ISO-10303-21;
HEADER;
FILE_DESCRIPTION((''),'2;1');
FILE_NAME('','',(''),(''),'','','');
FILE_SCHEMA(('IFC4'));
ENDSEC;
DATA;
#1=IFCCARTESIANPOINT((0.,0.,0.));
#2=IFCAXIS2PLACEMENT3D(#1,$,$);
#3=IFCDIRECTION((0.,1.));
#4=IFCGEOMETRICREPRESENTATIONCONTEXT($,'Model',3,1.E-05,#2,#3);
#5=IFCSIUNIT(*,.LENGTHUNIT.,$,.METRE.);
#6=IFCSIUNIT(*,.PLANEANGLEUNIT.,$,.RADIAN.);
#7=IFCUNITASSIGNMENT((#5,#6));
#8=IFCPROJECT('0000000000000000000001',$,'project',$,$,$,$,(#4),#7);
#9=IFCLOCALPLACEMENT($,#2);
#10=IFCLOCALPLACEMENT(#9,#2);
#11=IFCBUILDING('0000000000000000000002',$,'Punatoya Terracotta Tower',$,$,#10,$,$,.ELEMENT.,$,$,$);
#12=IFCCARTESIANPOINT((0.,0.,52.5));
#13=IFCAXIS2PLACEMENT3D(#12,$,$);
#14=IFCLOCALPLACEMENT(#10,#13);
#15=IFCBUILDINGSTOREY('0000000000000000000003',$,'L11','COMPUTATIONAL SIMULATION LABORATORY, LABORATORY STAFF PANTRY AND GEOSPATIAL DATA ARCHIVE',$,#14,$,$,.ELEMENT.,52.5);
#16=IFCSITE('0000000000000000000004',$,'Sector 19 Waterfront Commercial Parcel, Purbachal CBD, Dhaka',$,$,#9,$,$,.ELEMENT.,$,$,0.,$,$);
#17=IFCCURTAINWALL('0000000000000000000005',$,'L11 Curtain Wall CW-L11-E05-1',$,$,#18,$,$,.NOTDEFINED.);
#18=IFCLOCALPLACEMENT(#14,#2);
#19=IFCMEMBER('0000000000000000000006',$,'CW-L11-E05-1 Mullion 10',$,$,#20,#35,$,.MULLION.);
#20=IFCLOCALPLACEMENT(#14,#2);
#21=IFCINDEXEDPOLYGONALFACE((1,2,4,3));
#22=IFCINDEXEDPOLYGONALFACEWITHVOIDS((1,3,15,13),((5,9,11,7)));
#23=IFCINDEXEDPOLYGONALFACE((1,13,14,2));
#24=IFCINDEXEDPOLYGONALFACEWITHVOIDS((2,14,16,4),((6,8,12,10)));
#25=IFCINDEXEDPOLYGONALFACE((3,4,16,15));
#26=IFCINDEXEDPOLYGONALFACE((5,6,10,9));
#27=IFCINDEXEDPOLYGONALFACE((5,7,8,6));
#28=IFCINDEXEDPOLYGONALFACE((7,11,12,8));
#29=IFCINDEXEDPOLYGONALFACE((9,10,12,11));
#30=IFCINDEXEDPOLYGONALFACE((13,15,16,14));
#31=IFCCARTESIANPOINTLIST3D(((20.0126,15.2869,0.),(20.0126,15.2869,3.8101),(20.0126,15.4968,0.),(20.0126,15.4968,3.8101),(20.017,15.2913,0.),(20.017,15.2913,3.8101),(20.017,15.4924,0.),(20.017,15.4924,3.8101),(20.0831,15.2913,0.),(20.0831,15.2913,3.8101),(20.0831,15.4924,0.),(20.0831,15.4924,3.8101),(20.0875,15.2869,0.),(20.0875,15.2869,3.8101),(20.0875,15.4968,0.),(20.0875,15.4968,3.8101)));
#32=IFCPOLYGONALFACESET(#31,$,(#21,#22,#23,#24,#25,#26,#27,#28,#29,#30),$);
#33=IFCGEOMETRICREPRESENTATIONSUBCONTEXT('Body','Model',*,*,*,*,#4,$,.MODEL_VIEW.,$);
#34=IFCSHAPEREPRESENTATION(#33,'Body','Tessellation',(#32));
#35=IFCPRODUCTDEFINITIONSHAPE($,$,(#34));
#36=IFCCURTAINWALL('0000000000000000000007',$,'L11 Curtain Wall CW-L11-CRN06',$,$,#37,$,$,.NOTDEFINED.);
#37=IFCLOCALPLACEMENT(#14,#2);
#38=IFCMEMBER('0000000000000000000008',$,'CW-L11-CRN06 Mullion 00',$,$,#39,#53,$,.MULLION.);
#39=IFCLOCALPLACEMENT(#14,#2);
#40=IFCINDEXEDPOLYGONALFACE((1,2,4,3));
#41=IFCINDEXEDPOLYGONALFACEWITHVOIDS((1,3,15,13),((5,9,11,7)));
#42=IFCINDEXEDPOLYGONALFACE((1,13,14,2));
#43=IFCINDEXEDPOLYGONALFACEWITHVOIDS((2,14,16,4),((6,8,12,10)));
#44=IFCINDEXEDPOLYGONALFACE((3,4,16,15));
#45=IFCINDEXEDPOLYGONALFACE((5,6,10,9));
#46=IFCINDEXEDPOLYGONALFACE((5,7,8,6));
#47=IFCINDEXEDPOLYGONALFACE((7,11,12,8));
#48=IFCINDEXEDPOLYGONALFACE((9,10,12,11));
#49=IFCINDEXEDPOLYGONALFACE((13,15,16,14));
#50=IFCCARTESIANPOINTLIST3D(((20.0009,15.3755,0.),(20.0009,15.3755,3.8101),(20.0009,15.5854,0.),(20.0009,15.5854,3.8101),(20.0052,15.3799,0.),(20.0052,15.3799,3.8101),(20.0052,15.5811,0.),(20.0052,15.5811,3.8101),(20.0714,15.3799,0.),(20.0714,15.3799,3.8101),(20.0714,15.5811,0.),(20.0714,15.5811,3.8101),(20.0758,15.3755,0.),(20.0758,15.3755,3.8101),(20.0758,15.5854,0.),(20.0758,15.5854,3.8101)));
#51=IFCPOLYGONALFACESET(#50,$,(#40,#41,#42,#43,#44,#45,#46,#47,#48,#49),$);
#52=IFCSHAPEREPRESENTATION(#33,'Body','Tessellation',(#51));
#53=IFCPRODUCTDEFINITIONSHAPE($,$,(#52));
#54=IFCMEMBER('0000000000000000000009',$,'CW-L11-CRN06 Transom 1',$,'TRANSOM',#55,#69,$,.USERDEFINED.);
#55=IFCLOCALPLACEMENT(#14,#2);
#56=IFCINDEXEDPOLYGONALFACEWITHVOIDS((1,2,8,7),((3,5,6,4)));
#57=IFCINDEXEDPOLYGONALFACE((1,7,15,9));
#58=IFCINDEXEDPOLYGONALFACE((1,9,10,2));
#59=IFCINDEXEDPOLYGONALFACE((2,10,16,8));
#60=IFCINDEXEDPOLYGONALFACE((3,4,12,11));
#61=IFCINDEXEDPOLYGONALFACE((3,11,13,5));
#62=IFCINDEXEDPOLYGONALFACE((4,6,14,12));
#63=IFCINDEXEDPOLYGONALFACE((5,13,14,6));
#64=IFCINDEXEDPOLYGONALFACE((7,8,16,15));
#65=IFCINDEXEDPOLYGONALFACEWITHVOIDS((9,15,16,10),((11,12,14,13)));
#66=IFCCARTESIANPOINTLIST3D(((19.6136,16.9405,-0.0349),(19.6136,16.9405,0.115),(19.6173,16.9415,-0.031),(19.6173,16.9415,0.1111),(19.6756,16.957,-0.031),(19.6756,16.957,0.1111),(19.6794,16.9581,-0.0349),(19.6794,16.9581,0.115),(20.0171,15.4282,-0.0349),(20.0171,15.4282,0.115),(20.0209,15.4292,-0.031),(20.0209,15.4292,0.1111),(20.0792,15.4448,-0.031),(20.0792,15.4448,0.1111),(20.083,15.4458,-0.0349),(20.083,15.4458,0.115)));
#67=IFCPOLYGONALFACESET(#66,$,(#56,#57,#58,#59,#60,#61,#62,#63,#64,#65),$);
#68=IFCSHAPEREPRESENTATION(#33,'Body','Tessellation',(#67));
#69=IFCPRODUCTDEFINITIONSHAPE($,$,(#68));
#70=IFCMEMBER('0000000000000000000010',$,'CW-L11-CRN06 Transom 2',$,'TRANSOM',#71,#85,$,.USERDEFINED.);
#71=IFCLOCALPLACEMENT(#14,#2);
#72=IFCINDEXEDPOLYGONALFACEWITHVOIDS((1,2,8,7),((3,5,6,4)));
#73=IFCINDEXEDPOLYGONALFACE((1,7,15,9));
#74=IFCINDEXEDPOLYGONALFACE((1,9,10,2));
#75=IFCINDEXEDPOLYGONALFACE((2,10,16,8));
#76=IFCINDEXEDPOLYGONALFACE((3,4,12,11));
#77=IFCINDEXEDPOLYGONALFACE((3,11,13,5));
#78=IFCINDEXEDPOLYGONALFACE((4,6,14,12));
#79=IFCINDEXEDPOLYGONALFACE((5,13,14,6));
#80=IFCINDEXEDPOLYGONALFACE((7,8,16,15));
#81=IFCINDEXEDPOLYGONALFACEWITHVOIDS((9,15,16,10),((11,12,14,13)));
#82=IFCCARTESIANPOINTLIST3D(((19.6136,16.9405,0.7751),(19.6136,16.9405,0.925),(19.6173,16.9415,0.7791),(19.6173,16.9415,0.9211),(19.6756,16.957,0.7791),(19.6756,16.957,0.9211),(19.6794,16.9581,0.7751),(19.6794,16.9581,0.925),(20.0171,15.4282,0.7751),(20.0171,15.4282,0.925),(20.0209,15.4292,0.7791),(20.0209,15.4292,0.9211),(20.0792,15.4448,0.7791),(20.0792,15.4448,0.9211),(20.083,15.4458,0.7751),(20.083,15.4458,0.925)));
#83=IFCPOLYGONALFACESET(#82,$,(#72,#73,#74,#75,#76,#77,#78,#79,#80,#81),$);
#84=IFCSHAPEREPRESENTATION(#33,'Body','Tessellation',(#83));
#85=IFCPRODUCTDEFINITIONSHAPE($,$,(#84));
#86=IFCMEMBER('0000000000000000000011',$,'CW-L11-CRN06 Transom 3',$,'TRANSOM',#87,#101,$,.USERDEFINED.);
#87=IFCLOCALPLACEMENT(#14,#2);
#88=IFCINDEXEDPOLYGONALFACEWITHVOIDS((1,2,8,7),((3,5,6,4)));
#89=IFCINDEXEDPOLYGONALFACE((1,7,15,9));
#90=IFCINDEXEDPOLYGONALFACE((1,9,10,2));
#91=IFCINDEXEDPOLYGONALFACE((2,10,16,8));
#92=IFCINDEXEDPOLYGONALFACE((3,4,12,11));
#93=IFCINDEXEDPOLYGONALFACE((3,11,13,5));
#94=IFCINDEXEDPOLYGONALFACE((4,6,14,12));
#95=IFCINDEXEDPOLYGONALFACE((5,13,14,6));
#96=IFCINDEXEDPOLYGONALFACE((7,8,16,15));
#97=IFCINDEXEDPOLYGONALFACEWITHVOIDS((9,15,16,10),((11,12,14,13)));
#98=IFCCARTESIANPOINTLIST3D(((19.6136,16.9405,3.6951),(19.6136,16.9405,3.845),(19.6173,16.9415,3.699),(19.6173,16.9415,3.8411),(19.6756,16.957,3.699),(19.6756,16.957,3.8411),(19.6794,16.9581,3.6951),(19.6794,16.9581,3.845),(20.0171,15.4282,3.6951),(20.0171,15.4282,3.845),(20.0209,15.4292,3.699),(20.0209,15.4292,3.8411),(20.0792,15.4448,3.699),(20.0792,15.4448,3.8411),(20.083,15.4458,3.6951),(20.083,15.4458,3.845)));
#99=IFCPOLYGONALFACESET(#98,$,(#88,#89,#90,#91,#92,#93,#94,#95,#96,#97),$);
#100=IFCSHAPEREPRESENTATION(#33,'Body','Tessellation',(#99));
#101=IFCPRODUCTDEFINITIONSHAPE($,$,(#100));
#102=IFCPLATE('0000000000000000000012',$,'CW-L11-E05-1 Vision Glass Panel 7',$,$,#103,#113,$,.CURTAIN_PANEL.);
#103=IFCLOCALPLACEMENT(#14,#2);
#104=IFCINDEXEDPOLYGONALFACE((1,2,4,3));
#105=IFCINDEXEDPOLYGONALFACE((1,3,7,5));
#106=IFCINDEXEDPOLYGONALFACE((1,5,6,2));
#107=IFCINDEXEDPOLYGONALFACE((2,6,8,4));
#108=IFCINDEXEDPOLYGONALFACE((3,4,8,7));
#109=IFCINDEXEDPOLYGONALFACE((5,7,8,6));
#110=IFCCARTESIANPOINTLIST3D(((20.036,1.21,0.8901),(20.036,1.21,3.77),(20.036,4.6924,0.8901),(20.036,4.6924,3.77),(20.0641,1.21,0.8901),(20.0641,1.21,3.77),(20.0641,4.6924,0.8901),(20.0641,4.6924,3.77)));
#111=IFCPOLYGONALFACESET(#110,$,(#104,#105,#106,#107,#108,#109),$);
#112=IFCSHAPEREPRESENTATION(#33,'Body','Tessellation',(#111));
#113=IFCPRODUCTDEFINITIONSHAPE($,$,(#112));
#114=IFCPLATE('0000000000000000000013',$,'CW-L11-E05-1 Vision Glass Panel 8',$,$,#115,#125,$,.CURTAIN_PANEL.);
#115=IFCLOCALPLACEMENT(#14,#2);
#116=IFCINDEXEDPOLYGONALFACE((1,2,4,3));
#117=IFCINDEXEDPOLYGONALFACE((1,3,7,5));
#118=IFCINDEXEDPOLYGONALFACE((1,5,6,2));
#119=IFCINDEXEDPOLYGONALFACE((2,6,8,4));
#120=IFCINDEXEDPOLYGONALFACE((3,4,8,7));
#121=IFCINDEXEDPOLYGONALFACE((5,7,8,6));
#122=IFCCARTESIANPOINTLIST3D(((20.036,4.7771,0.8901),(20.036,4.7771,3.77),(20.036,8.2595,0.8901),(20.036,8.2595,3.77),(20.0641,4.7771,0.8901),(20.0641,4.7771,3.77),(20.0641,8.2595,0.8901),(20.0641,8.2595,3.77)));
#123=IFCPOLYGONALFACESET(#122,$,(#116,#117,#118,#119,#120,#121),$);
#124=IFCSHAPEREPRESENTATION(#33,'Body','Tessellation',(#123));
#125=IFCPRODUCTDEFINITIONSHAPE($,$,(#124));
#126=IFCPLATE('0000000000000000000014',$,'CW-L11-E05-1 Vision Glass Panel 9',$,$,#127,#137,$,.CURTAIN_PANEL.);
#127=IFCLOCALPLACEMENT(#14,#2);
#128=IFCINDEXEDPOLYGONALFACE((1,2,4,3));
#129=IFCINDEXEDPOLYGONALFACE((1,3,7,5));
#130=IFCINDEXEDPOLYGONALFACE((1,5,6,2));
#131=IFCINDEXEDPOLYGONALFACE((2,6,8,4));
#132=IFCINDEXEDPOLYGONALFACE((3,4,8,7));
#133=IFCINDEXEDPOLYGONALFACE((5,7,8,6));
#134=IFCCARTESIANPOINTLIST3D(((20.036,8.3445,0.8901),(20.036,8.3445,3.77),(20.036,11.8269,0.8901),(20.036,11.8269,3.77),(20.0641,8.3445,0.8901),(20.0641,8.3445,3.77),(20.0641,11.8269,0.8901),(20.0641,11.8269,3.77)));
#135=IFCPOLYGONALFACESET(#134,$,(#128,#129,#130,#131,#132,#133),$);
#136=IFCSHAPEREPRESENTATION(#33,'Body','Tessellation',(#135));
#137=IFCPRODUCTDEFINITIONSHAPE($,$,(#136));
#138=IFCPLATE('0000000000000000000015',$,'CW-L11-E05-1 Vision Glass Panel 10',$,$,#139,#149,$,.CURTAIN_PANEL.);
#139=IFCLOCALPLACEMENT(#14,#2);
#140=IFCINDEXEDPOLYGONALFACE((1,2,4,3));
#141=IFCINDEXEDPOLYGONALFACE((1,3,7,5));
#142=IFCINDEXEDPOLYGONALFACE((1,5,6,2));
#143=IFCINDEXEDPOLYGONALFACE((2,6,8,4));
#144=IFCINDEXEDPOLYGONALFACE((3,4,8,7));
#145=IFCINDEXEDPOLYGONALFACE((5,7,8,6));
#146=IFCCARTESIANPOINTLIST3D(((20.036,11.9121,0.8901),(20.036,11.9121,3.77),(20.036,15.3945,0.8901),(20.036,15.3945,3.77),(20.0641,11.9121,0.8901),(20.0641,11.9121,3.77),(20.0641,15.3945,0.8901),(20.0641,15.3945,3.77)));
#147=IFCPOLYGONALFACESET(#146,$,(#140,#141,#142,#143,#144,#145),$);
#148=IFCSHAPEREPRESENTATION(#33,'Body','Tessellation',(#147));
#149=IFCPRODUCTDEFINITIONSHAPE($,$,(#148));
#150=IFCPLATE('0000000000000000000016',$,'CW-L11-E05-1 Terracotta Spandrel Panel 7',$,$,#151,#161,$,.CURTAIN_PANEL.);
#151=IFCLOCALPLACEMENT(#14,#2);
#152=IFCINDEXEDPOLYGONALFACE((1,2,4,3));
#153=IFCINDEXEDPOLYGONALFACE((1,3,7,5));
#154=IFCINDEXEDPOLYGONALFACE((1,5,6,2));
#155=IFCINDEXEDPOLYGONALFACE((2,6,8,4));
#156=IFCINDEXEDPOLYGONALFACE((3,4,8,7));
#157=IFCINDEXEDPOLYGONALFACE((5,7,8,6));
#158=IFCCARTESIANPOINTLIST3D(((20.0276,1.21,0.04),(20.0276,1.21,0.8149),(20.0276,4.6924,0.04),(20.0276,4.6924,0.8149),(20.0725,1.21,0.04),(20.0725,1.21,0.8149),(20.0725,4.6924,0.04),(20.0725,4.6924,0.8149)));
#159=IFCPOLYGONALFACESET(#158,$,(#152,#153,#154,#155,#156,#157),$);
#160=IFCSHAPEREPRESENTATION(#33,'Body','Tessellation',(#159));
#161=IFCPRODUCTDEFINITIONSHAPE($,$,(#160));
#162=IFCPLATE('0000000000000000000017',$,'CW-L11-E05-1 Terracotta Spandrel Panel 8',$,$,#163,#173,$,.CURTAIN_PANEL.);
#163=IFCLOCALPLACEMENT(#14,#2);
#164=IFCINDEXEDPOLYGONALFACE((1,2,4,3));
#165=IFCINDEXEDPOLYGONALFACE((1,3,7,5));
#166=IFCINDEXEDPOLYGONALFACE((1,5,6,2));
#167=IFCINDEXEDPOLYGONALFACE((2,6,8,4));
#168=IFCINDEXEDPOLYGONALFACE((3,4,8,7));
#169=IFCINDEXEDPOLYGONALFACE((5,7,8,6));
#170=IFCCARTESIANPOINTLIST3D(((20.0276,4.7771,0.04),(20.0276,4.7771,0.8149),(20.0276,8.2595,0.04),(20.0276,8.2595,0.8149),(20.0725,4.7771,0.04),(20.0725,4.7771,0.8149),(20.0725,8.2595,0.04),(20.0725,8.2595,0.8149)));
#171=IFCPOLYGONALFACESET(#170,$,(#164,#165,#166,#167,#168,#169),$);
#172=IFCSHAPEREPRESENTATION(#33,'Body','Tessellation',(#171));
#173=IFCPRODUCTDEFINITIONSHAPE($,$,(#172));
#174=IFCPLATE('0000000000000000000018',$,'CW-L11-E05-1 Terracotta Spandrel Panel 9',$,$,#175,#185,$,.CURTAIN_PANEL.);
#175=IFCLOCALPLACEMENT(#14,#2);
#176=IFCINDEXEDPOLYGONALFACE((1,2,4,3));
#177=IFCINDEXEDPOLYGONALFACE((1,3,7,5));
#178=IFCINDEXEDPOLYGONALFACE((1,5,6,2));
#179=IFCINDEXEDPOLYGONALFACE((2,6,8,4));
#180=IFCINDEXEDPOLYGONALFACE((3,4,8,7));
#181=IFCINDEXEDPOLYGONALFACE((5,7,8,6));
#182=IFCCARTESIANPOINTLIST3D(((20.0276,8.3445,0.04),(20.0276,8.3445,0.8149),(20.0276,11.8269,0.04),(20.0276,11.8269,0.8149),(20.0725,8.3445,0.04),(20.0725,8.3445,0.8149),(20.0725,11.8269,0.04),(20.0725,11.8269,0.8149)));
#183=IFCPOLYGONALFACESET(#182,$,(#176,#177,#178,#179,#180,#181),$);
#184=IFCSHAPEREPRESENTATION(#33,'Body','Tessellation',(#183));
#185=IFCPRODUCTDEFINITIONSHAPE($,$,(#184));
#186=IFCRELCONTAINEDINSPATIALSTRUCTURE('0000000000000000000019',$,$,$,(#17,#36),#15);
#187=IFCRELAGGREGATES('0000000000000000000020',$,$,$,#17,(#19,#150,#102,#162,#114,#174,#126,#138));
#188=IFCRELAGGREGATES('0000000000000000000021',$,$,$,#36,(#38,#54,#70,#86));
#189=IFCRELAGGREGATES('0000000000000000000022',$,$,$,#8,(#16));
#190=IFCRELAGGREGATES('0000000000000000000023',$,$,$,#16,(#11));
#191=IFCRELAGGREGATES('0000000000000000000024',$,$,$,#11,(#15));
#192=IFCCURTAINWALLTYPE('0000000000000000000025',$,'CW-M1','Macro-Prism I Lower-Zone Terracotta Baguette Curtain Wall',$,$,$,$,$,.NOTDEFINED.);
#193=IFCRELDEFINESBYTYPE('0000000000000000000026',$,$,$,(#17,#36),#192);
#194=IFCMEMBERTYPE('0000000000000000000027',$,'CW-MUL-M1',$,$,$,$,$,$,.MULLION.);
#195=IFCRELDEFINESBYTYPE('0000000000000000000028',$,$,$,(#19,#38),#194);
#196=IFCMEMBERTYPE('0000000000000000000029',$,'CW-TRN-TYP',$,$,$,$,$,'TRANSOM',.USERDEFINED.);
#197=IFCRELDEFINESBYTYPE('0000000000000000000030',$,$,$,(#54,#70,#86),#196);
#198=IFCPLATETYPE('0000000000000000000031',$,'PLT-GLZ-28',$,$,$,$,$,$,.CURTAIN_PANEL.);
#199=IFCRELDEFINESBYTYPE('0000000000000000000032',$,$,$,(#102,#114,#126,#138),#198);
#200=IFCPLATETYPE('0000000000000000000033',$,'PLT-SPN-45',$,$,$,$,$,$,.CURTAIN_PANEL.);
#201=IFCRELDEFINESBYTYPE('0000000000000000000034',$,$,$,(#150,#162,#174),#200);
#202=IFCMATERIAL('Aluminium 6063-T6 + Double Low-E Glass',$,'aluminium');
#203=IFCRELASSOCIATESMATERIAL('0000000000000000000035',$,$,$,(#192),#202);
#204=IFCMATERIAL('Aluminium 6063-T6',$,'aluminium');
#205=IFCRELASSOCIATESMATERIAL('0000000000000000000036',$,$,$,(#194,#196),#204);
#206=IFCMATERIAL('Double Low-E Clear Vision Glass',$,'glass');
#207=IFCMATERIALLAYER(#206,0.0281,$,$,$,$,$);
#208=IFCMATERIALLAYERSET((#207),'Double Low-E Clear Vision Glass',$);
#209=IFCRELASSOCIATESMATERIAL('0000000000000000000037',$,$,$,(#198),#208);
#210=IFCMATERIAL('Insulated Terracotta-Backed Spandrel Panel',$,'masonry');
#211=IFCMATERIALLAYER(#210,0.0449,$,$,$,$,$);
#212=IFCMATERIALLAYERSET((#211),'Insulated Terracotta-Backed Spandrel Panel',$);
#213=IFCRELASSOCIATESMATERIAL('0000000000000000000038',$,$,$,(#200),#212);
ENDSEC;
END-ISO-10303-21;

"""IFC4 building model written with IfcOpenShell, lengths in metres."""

from ifc_helpers import new_model, si_unit, direction, frame, origin, origin_2d, place, context, subcontext, project, spatial, rectangle, hollow_rectangle, extrude, material, layer, layer_set, material_profile, profile_set, type_object, element, aggregate, save


model = new_model("IFC4")

# Units and contexts
model_context = context("Model", 3, precision=1e-05, world=origin(), true_north=direction((0.0, 1.0)))
body_context = subcontext(model_context, "Body", "Model", "MODEL_VIEW")
ifc_project = project(units=[si_unit("LENGTHUNIT", "METRE"), si_unit("PLANEANGLEUNIT", "RADIAN")], contexts=[model_context])

# Site, building, storey
site_placement = place(None, origin())
site = spatial("IfcSite", under=ifc_project, at=site_placement, Name="Sector 19 Waterfront Commercial Parcel, Purbachal CBD, Dhaka", CompositionType="ELEMENT", RefElevation=0.0)
building_placement = place(site_placement, origin())
building = spatial("IfcBuilding", under=site, at=building_placement, Name="Punatoya Terracotta Tower", CompositionType="ELEMENT")
storey_placement = place(building_placement, frame((0.0, 0.0, 52.5)))
storey = spatial("IfcBuildingStorey", under=building, at=storey_placement, Name="L11", Description="COMPUTATIONAL SIMULATION LABORATORY, LABORATORY STAFF PANTRY AND GEOSPATIAL DATA ARCHIVE", CompositionType="ELEMENT", Elevation=52.5)

# Curtain walls, members
ifc_material_1 = material(Name="Aluminium 6063-T6 + Double Low-E Glass", Category="aluminium")
curtain_wall_type = type_object("IfcCurtainWallType", Name="CW-M1", Description="Macro-Prism I Lower-Zone Terracotta Baguette Curtain Wall", PredefinedType="NOTDEFINED", material=ifc_material_1)
curtain_wall_1_placement = place(storey_placement, origin())
curtain_wall_1 = element("IfcCurtainWall", 1, at=curtain_wall_1_placement, inside=storey, type_object=curtain_wall_type, Name="L11 Curtain Wall CW-L11-E05-1", PredefinedType="NOTDEFINED")
ifc_material_2 = material(Name="Aluminium 6063-T6", Category="aluminium")
ifc_material_profile_1 = material_profile(ifc_material_2, hollow_rectangle(XDim=0.075, YDim=0.21, WallThickness=0.0044, at=origin_2d()))
ifc_profile_set_1 = profile_set([ifc_material_profile_1], Name="Aluminium 6063-T6")
member_type_1 = type_object("IfcMemberType", Name="CW-MUL-M1", PredefinedType="MULLION", material=ifc_profile_set_1)
member_1_placement = place(storey_placement, frame((20.05, 15.3918, 0.0), z_axis=(0.0, 0.0, 1.0), x_axis=(1.0, 0.0, 0.0)))
member_1 = element("IfcMember", 2, at=member_1_placement, type_object=member_type_1, Name="CW-L11-E05-1 Mullion 10", PredefinedType="MULLION", context=body_context, shape_type="SweptSolid", body=[
    extrude(hollow_rectangle(XDim=0.075, YDim=0.21, WallThickness=0.0044, at=origin_2d()), origin(), (0.0, 0.0, 1.0), 3.8101),
])
curtain_wall_2_placement = place(storey_placement, origin())
curtain_wall_2 = element("IfcCurtainWall", 3, at=curtain_wall_2_placement, inside=storey, type_object=curtain_wall_type, Name="L11 Curtain Wall CW-L11-CRN06", PredefinedType="NOTDEFINED")
member_2_placement = place(storey_placement, frame((20.0383, 15.4805, 0.0), z_axis=(0.0, 0.0, 1.0), x_axis=(1.0, 0.0, 0.0)))
member_2 = element("IfcMember", 4, at=member_2_placement, type_object=member_type_1, Name="CW-L11-CRN06 Mullion 00", PredefinedType="MULLION", context=body_context, shape_type="SweptSolid", body=[
    extrude(hollow_rectangle(XDim=0.075, YDim=0.21, WallThickness=0.0044, at=origin_2d()), origin(), (0.0, 0.0, 1.0), 3.8101),
])
ifc_material_profile_2 = material_profile(ifc_material_2, hollow_rectangle(XDim=0.0681, YDim=0.1499, WallThickness=0.0039, at=origin_2d()))
ifc_profile_set_2 = profile_set([ifc_material_profile_2], Name="Aluminium 6063-T6")
member_type_2 = type_object("IfcMemberType", Name="CW-TRN-TYP", ElementType="TRANSOM", PredefinedType="USERDEFINED", material=ifc_profile_set_2)
member_3_placement = place(storey_placement, frame((20.05, 15.437, 0.04), z_axis=(-0.257847, 0.966186, 0.0), x_axis=(-0.966186, -0.257847, 0.0)))
member_3 = element("IfcMember", 5, at=member_3_placement, type_object=member_type_2, Name="CW-L11-CRN06 Transom 1", ObjectType="TRANSOM", PredefinedType="USERDEFINED", context=body_context, shape_type="SweptSolid", body=[
    extrude(hollow_rectangle(XDim=0.0681, YDim=0.1499, WallThickness=0.0039, at=origin_2d()), origin(), (0.0, 0.0, 1.0), 1.5652),
])
member_4_placement = place(storey_placement, frame((20.05, 15.437, 0.8501), z_axis=(-0.257847, 0.966186, 0.0), x_axis=(-0.966186, -0.257847, 0.0)))
member_4 = element("IfcMember", 6, at=member_4_placement, type_object=member_type_2, Name="CW-L11-CRN06 Transom 2", ObjectType="TRANSOM", PredefinedType="USERDEFINED", context=body_context, shape_type="SweptSolid", body=[
    extrude(hollow_rectangle(XDim=0.0681, YDim=0.1499, WallThickness=0.0039, at=origin_2d()), origin(), (0.0, 0.0, 1.0), 1.5652),
])
member_5_placement = place(storey_placement, frame((20.05, 15.437, 3.77), z_axis=(-0.257847, 0.966186, 0.0), x_axis=(-0.966186, -0.257847, 0.0)))
member_5 = element("IfcMember", 7, at=member_5_placement, type_object=member_type_2, Name="CW-L11-CRN06 Transom 3", ObjectType="TRANSOM", PredefinedType="USERDEFINED", context=body_context, shape_type="SweptSolid", body=[
    extrude(hollow_rectangle(XDim=0.0681, YDim=0.1499, WallThickness=0.0039, at=origin_2d()), origin(), (0.0, 0.0, 1.0), 1.5652),
])

# Plates
ifc_material_3 = material(Name="Double Low-E Clear Vision Glass", Category="glass")
ifc_layer_1 = layer(ifc_material_3, 0.0281)
ifc_layer_set_1 = layer_set([ifc_layer_1], Name="Double Low-E Clear Vision Glass")
plate_type_1 = type_object("IfcPlateType", Name="PLT-GLZ-28", PredefinedType="CURTAIN_PANEL", material=ifc_layer_set_1)
plate_1_placement = place(storey_placement, frame((20.05, 2.9512, 0.8901), z_axis=(0.0, 0.0, 1.0), x_axis=(0.0, 1.0, 0.0)))
plate_1 = element("IfcPlate", 8, at=plate_1_placement, type_object=plate_type_1, Name="CW-L11-E05-1 Vision Glass Panel 7", PredefinedType="CURTAIN_PANEL", context=body_context, shape_type="SweptSolid", body=[
    extrude(rectangle(XDim=3.4824, YDim=0.0281, at=origin_2d()), origin(), (0.0, 0.0, 1.0), 2.8799),
])
plate_2_placement = place(storey_placement, frame((20.05, 6.5183, 0.8901), z_axis=(0.0, 0.0, 1.0), x_axis=(0.0, 1.0, 0.0)))
plate_2 = element("IfcPlate", 9, at=plate_2_placement, type_object=plate_type_1, Name="CW-L11-E05-1 Vision Glass Panel 8", PredefinedType="CURTAIN_PANEL", context=body_context, shape_type="SweptSolid", body=[
    extrude(rectangle(XDim=3.4824, YDim=0.0281, at=origin_2d()), origin(), (0.0, 0.0, 1.0), 2.8799),
])
plate_3_placement = place(storey_placement, frame((20.05, 10.0857, 0.8901), z_axis=(0.0, 0.0, 1.0), x_axis=(0.0, 1.0, 0.0)))
plate_3 = element("IfcPlate", 10, at=plate_3_placement, type_object=plate_type_1, Name="CW-L11-E05-1 Vision Glass Panel 9", PredefinedType="CURTAIN_PANEL", context=body_context, shape_type="SweptSolid", body=[
    extrude(rectangle(XDim=3.4824, YDim=0.0281, at=origin_2d()), origin(), (0.0, 0.0, 1.0), 2.8799),
])
plate_4_placement = place(storey_placement, frame((20.05, 13.6533, 0.8901), z_axis=(0.0, 0.0, 1.0), x_axis=(0.0, 1.0, 0.0)))
plate_4 = element("IfcPlate", 11, at=plate_4_placement, type_object=plate_type_1, Name="CW-L11-E05-1 Vision Glass Panel 10", PredefinedType="CURTAIN_PANEL", context=body_context, shape_type="SweptSolid", body=[
    extrude(rectangle(XDim=3.4824, YDim=0.0281, at=origin_2d()), origin(), (0.0, 0.0, 1.0), 2.8799),
])
ifc_material_4 = material(Name="Insulated Terracotta-Backed Spandrel Panel", Category="masonry")
ifc_layer_2 = layer(ifc_material_4, 0.0449)
ifc_layer_set_2 = layer_set([ifc_layer_2], Name="Insulated Terracotta-Backed Spandrel Panel")
plate_type_2 = type_object("IfcPlateType", Name="PLT-SPN-45", PredefinedType="CURTAIN_PANEL", material=ifc_layer_set_2)
plate_5_placement = place(storey_placement, frame((20.05, 2.9512, 0.04), z_axis=(0.0, 0.0, 1.0), x_axis=(0.0, 1.0, 0.0)))
plate_5 = element("IfcPlate", 12, at=plate_5_placement, type_object=plate_type_2, Name="CW-L11-E05-1 Terracotta Spandrel Panel 7", PredefinedType="CURTAIN_PANEL", context=body_context, shape_type="SweptSolid", body=[
    extrude(rectangle(XDim=3.4824, YDim=0.0449, at=origin_2d()), origin(), (0.0, 0.0, 1.0), 0.7749),
])
plate_6_placement = place(storey_placement, frame((20.05, 6.5183, 0.04), z_axis=(0.0, 0.0, 1.0), x_axis=(0.0, 1.0, 0.0)))
plate_6 = element("IfcPlate", 13, at=plate_6_placement, type_object=plate_type_2, Name="CW-L11-E05-1 Terracotta Spandrel Panel 8", PredefinedType="CURTAIN_PANEL", context=body_context, shape_type="SweptSolid", body=[
    extrude(rectangle(XDim=3.4824, YDim=0.0449, at=origin_2d()), origin(), (0.0, 0.0, 1.0), 0.7749),
])
plate_7_placement = place(storey_placement, frame((20.05, 10.0857, 0.04), z_axis=(0.0, 0.0, 1.0), x_axis=(0.0, 1.0, 0.0)))
plate_7 = element("IfcPlate", 14, at=plate_7_placement, type_object=plate_type_2, Name="CW-L11-E05-1 Terracotta Spandrel Panel 9", PredefinedType="CURTAIN_PANEL", context=body_context, shape_type="SweptSolid", body=[
    extrude(rectangle(XDim=3.4824, YDim=0.0449, at=origin_2d()), origin(), (0.0, 0.0, 1.0), 0.7749),
])
aggregate(curtain_wall_1, [member_1, plate_5, plate_1, plate_6, plate_2, plate_7, plate_3, plate_4])
aggregate(curtain_wall_2, [member_2, member_3, member_4, member_5])

save(model, "model.ifc")
